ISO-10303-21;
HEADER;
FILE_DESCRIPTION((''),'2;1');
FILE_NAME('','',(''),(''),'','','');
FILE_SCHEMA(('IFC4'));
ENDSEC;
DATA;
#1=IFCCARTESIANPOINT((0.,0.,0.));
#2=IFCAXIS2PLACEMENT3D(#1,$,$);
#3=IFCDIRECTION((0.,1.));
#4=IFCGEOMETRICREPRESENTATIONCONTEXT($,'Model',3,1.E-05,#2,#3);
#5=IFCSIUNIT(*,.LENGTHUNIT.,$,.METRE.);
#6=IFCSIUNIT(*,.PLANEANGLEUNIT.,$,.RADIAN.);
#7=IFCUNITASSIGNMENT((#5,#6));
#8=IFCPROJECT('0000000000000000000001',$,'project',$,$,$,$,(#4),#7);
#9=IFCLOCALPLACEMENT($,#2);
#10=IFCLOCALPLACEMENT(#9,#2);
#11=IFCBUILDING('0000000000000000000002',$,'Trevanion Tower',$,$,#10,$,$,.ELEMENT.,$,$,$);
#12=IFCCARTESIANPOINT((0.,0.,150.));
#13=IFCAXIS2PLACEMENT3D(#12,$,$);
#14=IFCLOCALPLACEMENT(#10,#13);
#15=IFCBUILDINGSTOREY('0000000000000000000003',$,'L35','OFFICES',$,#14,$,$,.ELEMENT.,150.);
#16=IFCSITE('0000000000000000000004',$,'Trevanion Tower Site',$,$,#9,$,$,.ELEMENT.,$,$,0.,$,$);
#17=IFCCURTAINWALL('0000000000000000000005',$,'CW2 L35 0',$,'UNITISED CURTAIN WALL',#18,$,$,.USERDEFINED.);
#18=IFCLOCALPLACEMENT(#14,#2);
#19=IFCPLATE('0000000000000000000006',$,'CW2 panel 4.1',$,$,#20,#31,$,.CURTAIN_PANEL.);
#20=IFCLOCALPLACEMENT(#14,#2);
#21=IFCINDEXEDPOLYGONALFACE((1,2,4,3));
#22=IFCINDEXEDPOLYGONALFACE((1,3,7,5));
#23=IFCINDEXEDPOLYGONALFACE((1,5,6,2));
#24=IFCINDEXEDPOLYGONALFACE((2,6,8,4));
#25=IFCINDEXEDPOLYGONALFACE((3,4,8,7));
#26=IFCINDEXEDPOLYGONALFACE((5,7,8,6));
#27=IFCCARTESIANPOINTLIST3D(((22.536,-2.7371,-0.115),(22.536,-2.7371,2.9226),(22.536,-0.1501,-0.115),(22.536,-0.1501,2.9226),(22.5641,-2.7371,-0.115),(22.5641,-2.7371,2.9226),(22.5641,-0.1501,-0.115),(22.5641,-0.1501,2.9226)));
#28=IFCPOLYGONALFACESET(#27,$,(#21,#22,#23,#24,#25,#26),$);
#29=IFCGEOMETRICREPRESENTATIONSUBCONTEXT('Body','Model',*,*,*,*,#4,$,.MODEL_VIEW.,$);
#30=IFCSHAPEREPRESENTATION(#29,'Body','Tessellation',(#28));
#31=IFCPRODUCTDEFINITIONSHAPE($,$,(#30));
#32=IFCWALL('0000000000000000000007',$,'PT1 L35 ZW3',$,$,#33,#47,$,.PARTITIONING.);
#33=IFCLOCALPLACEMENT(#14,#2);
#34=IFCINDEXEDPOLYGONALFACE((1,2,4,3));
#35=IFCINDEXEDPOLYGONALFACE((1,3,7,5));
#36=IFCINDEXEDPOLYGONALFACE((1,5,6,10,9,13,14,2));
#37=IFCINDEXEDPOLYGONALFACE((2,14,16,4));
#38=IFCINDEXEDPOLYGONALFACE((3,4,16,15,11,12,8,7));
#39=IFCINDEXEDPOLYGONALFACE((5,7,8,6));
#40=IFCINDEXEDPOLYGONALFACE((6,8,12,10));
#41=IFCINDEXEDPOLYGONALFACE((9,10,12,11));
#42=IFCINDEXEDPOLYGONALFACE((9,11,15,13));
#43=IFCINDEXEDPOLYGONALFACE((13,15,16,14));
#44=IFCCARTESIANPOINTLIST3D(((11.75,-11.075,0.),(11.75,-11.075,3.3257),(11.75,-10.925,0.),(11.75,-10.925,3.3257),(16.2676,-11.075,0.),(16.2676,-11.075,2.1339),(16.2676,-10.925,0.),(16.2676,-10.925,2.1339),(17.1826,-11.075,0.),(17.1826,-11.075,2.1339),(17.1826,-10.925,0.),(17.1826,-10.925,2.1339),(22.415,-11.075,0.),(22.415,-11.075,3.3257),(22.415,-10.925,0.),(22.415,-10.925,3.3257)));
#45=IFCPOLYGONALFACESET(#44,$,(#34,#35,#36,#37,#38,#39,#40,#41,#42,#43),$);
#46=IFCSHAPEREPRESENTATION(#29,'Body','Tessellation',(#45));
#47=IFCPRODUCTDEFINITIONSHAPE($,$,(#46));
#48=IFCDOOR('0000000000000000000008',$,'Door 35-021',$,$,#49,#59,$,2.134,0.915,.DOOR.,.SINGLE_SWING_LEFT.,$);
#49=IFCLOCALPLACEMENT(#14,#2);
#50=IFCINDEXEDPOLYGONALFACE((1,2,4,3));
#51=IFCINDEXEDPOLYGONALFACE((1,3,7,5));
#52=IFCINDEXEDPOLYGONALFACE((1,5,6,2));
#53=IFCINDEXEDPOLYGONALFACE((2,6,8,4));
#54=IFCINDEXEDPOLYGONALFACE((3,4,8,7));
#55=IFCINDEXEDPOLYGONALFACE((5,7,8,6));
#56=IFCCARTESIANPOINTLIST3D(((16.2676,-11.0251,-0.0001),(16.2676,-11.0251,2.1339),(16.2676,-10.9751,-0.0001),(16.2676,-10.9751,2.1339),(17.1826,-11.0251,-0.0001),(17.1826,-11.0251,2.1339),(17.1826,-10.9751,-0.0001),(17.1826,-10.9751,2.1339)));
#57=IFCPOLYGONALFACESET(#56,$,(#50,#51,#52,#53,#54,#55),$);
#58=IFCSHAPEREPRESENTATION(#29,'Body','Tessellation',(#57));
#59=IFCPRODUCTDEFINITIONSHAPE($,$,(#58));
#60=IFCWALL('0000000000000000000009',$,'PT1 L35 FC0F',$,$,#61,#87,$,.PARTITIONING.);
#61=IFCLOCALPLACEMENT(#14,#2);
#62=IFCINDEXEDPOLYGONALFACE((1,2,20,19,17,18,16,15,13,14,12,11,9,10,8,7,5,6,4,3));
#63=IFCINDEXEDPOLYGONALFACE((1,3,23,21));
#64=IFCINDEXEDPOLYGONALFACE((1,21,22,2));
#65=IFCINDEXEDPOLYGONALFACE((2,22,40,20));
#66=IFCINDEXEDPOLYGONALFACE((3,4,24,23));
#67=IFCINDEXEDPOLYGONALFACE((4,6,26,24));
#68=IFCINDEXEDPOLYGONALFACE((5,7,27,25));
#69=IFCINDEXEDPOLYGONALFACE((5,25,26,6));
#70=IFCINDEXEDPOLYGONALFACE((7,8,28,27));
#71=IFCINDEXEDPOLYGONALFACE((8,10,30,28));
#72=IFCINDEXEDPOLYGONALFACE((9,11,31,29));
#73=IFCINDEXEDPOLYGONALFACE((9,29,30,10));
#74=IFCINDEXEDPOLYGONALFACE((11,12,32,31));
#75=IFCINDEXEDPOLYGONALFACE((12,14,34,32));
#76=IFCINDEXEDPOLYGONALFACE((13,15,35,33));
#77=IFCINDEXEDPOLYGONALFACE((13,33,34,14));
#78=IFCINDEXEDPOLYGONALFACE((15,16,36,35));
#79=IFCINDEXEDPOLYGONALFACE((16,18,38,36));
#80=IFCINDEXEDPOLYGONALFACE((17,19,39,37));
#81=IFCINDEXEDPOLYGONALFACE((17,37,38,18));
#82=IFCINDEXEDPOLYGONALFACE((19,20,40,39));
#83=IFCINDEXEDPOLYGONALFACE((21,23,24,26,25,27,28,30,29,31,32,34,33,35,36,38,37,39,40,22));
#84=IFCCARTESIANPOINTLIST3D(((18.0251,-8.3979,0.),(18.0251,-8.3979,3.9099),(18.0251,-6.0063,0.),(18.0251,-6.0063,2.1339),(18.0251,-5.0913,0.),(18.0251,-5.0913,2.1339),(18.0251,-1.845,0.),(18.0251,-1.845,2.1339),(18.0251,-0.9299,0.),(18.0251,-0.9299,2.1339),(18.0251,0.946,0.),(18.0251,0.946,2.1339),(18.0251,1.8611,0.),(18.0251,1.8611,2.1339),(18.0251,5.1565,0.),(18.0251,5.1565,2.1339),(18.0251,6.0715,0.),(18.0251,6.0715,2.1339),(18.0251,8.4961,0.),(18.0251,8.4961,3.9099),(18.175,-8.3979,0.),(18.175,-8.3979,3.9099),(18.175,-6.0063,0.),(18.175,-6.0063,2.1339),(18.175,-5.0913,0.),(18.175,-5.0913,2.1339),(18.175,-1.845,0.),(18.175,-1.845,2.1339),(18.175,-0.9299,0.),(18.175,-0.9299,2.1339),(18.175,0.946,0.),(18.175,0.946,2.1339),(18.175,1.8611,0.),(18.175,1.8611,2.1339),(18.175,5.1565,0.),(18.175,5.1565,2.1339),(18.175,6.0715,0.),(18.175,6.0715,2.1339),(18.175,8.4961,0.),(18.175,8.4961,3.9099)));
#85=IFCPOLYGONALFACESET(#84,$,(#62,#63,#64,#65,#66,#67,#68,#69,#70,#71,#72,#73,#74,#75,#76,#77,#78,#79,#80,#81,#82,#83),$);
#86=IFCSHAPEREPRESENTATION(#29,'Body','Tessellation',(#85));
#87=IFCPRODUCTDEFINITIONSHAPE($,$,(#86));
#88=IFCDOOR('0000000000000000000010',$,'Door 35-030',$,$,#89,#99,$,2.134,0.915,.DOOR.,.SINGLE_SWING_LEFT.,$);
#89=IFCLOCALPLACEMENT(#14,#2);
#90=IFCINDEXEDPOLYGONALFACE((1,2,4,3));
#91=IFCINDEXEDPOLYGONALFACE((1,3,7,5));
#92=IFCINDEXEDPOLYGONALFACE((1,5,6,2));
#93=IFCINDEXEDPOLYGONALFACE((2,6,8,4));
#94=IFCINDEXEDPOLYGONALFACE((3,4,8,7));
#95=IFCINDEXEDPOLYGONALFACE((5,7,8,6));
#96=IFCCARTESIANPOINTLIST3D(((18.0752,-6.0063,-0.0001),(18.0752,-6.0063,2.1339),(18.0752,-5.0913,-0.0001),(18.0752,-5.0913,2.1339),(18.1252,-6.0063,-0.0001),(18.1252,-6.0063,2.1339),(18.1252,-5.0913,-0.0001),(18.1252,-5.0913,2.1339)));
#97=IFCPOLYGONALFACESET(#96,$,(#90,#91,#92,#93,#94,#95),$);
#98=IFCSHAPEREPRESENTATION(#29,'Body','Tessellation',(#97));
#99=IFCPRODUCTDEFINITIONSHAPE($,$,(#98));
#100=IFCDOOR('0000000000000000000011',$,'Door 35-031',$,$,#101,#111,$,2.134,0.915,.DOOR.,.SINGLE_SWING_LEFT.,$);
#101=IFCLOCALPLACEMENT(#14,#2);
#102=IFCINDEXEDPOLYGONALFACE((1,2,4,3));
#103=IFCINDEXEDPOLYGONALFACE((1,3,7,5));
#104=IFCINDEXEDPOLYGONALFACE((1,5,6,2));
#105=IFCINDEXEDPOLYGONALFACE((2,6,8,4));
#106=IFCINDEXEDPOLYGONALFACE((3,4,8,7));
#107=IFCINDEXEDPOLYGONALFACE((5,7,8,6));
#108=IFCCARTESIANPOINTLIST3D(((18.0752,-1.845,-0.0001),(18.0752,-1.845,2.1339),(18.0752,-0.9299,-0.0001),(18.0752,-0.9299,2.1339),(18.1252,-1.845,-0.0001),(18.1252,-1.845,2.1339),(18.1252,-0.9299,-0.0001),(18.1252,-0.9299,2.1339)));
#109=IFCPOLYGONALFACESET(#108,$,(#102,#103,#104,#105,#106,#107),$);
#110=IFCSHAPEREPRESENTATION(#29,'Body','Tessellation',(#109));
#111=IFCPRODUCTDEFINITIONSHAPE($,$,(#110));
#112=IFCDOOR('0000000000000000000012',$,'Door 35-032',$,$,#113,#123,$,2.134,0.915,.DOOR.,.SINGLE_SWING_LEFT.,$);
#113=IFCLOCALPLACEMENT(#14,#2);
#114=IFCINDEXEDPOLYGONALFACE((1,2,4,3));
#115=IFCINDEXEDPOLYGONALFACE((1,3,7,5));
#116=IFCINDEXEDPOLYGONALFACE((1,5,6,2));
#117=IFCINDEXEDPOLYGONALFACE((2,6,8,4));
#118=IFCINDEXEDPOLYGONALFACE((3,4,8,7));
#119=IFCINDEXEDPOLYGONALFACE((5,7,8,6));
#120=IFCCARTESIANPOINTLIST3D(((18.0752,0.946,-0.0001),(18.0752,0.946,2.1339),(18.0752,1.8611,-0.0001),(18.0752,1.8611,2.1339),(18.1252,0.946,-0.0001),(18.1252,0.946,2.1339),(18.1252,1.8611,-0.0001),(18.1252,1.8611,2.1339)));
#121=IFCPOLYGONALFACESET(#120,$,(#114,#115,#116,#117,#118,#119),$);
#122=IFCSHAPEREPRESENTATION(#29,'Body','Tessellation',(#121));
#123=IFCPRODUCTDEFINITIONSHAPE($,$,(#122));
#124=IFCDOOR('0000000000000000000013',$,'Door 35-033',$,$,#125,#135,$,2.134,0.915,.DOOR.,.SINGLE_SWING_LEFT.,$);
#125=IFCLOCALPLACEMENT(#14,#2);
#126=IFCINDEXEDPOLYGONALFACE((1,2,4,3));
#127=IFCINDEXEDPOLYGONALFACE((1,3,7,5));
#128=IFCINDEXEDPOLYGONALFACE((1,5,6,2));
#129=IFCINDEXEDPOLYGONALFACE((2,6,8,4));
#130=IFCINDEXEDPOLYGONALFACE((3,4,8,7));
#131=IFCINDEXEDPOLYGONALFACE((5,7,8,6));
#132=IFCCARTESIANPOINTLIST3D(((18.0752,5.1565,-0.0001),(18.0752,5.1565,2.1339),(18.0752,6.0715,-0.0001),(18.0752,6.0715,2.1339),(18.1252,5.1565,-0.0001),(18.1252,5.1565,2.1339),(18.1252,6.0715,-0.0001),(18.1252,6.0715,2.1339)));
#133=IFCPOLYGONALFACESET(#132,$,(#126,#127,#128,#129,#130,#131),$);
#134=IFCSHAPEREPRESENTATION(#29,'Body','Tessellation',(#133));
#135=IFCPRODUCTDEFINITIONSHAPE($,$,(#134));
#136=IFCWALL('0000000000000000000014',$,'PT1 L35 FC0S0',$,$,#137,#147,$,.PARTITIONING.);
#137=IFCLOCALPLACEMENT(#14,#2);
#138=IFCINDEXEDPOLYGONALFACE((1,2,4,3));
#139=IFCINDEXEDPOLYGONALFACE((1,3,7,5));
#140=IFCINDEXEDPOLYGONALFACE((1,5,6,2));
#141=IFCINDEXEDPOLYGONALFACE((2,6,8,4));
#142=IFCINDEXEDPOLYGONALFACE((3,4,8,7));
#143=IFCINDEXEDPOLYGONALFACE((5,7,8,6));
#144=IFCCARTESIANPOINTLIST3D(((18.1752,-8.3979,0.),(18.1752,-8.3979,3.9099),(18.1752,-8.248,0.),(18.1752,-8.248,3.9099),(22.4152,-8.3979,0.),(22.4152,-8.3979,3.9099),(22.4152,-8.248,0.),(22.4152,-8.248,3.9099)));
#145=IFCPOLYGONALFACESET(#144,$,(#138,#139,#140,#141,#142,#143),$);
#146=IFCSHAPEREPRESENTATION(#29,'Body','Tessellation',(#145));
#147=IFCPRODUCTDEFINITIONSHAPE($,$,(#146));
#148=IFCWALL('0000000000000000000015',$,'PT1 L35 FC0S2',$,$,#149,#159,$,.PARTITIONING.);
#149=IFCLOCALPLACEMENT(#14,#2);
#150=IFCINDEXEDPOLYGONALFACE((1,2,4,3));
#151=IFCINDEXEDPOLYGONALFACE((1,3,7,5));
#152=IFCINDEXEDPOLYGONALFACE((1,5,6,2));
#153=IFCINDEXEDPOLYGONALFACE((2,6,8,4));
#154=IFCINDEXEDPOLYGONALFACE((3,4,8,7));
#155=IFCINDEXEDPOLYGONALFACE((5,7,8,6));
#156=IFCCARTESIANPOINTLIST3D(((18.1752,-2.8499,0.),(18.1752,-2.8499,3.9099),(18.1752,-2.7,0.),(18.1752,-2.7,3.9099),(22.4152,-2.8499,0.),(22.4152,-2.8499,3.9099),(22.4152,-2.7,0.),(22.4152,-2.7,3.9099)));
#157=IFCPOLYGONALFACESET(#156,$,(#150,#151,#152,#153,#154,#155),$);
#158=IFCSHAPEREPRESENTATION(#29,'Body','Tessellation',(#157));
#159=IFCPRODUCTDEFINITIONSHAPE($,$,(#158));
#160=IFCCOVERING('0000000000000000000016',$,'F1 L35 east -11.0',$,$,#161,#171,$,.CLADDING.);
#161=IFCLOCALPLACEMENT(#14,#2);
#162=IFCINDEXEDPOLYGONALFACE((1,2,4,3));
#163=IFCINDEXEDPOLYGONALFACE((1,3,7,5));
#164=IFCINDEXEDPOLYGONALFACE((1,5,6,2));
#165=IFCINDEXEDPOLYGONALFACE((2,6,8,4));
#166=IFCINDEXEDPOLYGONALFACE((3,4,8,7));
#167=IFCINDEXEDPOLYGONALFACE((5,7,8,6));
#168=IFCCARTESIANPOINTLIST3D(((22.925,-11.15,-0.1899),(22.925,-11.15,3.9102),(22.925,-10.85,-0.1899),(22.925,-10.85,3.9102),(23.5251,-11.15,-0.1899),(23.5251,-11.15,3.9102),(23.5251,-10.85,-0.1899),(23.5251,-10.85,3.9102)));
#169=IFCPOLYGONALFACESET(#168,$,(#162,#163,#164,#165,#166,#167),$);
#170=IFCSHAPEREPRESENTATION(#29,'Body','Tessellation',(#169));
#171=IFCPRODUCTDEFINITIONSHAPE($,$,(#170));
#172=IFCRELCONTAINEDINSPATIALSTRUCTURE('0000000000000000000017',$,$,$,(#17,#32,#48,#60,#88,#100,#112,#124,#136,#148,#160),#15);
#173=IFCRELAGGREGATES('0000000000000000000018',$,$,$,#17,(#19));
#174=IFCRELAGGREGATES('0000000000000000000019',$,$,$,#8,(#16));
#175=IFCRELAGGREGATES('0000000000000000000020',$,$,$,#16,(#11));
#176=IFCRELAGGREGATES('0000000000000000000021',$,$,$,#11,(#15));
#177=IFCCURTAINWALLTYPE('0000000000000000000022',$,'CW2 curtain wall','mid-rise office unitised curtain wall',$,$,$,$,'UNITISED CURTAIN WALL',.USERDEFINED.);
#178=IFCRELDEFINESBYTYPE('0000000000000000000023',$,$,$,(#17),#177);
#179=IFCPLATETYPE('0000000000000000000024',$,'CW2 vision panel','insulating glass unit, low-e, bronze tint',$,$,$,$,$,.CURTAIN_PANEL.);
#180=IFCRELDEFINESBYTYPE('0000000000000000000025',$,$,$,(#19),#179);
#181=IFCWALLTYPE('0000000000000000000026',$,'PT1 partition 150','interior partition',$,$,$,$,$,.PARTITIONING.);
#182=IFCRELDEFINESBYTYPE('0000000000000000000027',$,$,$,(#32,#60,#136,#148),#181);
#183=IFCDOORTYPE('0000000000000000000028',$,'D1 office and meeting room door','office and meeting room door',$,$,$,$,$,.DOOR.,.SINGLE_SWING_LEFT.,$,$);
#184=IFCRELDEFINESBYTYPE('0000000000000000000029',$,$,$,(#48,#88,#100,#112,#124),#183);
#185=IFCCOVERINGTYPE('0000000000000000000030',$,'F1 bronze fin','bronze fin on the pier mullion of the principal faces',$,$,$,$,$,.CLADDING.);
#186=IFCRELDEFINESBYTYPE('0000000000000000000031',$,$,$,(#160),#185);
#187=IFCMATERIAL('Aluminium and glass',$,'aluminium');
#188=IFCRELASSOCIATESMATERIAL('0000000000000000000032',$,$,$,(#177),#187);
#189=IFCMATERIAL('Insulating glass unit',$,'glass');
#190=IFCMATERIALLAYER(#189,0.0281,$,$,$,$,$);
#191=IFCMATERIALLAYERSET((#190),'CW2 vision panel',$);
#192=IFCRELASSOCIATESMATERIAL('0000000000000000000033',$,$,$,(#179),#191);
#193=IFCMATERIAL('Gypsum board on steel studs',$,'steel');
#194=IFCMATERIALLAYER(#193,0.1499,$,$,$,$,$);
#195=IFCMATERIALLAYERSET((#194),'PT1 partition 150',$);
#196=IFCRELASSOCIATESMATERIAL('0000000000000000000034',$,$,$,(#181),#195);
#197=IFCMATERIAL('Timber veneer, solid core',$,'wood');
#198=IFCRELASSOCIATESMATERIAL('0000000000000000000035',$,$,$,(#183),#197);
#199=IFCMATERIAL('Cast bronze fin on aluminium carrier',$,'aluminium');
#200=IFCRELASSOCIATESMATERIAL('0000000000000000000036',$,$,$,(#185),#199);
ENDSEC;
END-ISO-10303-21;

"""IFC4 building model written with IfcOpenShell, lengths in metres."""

from ifc_helpers import new_model, si_unit, direction, frame, frame_2d, origin, origin_2d, place, context, subcontext, project, spatial, rectangle, extrude, material, layer, layer_set, type_object, element, fill, aggregate, save


model = new_model("IFC4")

# Units and contexts
model_context = context("Model", 3, precision=1e-05, world=origin(), true_north=direction((0.0, 1.0)))
body_context = subcontext(model_context, "Body", "Model", "MODEL_VIEW")
ifc_project = project(units=[si_unit("LENGTHUNIT", "METRE"), si_unit("PLANEANGLEUNIT", "RADIAN")], contexts=[model_context])

# Site, building, storey
site_placement = place(None, origin())
site = spatial("IfcSite", under=ifc_project, at=site_placement, Name="Trevanion Tower Site", CompositionType="ELEMENT", RefElevation=0.0)
building_placement = place(site_placement, origin())
building = spatial("IfcBuilding", under=site, at=building_placement, Name="Trevanion Tower", CompositionType="ELEMENT")
storey_placement = place(building_placement, frame((0.0, 0.0, 150.0)))
storey = spatial("IfcBuildingStorey", under=building, at=storey_placement, Name="L35", Description="OFFICES", CompositionType="ELEMENT", Elevation=150.0)

# Curtain wall
ifc_material_1 = material(Name="Aluminium and glass", Category="aluminium")
curtain_wall_type = type_object("IfcCurtainWallType", Name="CW2 curtain wall", Description="mid-rise office unitised curtain wall", ElementType="UNITISED CURTAIN WALL", PredefinedType="USERDEFINED", material=ifc_material_1)
curtain_wall_placement = place(storey_placement, origin())
curtain_wall = element("IfcCurtainWall", 1, at=curtain_wall_placement, inside=storey, type_object=curtain_wall_type, Name="CW2 L35 0", ObjectType="UNITISED CURTAIN WALL", PredefinedType="USERDEFINED")

# Plate
ifc_material_2 = material(Name="Insulating glass unit", Category="glass")
ifc_layer_1 = layer(ifc_material_2, 0.0281)
ifc_layer_set_1 = layer_set([ifc_layer_1], Name="CW2 vision panel")
plate_type_1 = type_object("IfcPlateType", Name="CW2 vision panel", Description="insulating glass unit, low-e, bronze tint", PredefinedType="CURTAIN_PANEL", material=ifc_layer_set_1)
plate_1_placement = place(storey_placement, frame((22.55, -1.4436, -0.115), z_axis=(0.0, 0.0, 1.0), x_axis=(0.0, 1.0, 0.0)))
plate_1 = element("IfcPlate", 2, at=plate_1_placement, type_object=plate_type_1, Name="CW2 panel 4.1", PredefinedType="CURTAIN_PANEL", context=body_context, shape_type="SweptSolid", body=[
    extrude(rectangle(XDim=2.5869, YDim=0.0281, at=origin_2d()), origin(), (0.0, 0.0, 1.0), 3.0376),
])
aggregate(curtain_wall, [plate_1])

# Wall, opening, door
ifc_material_3 = material(Name="Gypsum board on steel studs", Category="steel")
ifc_layer_2 = layer(ifc_material_3, 0.1499)
ifc_layer_set_2 = layer_set([ifc_layer_2], Name="PT1 partition 150")
wall_type = type_object("IfcWallType", Name="PT1 partition 150", Description="interior partition", PredefinedType="PARTITIONING", material=ifc_layer_set_2)
wall_1_placement = place(storey_placement, frame((11.75, -11.0, 0.0), z_axis=(0.0, 0.0, 1.0), x_axis=(1.0, 0.0, 0.0)))
wall_1 = element("IfcWall", 3, at=wall_1_placement, inside=storey, type_object=wall_type, Name="PT1 L35 ZW3", PredefinedType="PARTITIONING", context=body_context, shape_type="SweptSolid", body=[
    extrude(rectangle(XDim=10.665, YDim=0.1499, at=frame_2d((5.3325, 0.0))), origin(), (0.0, 0.0, 1.0), 3.3257),
])
opening_1_placement = place(wall_1_placement, frame((4.5176, 0.0, 0.0)))
opening_1 = element("IfcOpeningElement", 4, at=opening_1_placement, cuts=wall_1, PredefinedType="OPENING", context=body_context, shape_type="SweptSolid", body=[
    extrude(rectangle(XDim=0.915, YDim=2.134, at=frame_2d((0.4575, 1.0669))), frame((0.0, 0.085, 0.0), z_axis=(0.0, -1.0, 0.0), x_axis=(1.0, 0.0, 0.0)), (0.0, 0.0, 1.0), 0.1699),
])
ifc_material_4 = material(Name="Timber veneer, solid core", Category="wood")
door_type = type_object("IfcDoorType", Name="D1 office and meeting room door", Description="office and meeting room door", OperationType="SINGLE_SWING_LEFT", PredefinedType="DOOR", material=ifc_material_4)
door_1_placement = place(opening_1_placement, origin())
door_1 = element("IfcDoor", 5, at=door_1_placement, inside=storey, type_object=door_type, Name="Door 35-021", OperationType="SINGLE_SWING_LEFT", OverallHeight=2.134, OverallWidth=0.915, PredefinedType="DOOR", context=body_context, shape_type="SweptSolid", body=[
    extrude(rectangle(XDim=0.915, YDim=2.134, at=frame_2d((0.4575, 1.0669))), frame((0.0, 0.0249, 0.0), z_axis=(0.0, -1.0, 0.0), x_axis=(1.0, 0.0, 0.0)), (0.0, 0.0, 1.0), 0.05),
])
fill(opening_1, door_1)

# Wall, openings, doors
wall_2_placement = place(storey_placement, frame((18.1001, -8.3979, 0.0), z_axis=(0.0, 0.0, 1.0), x_axis=(0.0, 1.0, 0.0)))
wall_2 = element("IfcWall", 6, at=wall_2_placement, inside=storey, type_object=wall_type, Name="PT1 L35 FC0F", PredefinedType="PARTITIONING", context=body_context, shape_type="SweptSolid", body=[
    extrude(rectangle(XDim=16.894, YDim=0.1499, at=frame_2d((8.447, 0.0))), origin(), (0.0, 0.0, 1.0), 3.9099),
])
opening_2_placement = place(wall_2_placement, frame((2.3916, 0.0, 0.0)))
opening_2 = element("IfcOpeningElement", 7, at=opening_2_placement, cuts=wall_2, PredefinedType="OPENING", context=body_context, shape_type="SweptSolid", body=[
    extrude(rectangle(XDim=0.915, YDim=2.134, at=frame_2d((0.4575, 1.0669))), frame((0.0, 0.085, 0.0), z_axis=(0.0, -1.0, 0.0), x_axis=(1.0, 0.0, 0.0)), (0.0, 0.0, 1.0), 0.1699),
])
opening_3_placement = place(wall_2_placement, frame((6.553, 0.0, 0.0)))
opening_3 = element("IfcOpeningElement", 8, at=opening_3_placement, cuts=wall_2, PredefinedType="OPENING", context=body_context, shape_type="SweptSolid", body=[
    extrude(rectangle(XDim=0.915, YDim=2.134, at=frame_2d((0.4575, 1.0669))), frame((0.0, 0.085, 0.0), z_axis=(0.0, -1.0, 0.0), x_axis=(1.0, 0.0, 0.0)), (0.0, 0.0, 1.0), 0.1699),
])
opening_4_placement = place(wall_2_placement, frame((9.344, 0.0, 0.0)))
opening_4 = element("IfcOpeningElement", 9, at=opening_4_placement, cuts=wall_2, PredefinedType="OPENING", context=body_context, shape_type="SweptSolid", body=[
    extrude(rectangle(XDim=0.915, YDim=2.134, at=frame_2d((0.4575, 1.0669))), frame((0.0, 0.085, 0.0), z_axis=(0.0, -1.0, 0.0), x_axis=(1.0, 0.0, 0.0)), (0.0, 0.0, 1.0), 0.1699),
])
opening_5_placement = place(wall_2_placement, frame((13.5544, 0.0, 0.0)))
opening_5 = element("IfcOpeningElement", 10, at=opening_5_placement, cuts=wall_2, PredefinedType="OPENING", context=body_context, shape_type="SweptSolid", body=[
    extrude(rectangle(XDim=0.915, YDim=2.134, at=frame_2d((0.4575, 1.0669))), frame((0.0, 0.085, 0.0), z_axis=(0.0, -1.0, 0.0), x_axis=(1.0, 0.0, 0.0)), (0.0, 0.0, 1.0), 0.1699),
])
door_2_placement = place(opening_2_placement, origin())
door_2 = element("IfcDoor", 11, at=door_2_placement, inside=storey, type_object=door_type, Name="Door 35-030", OperationType="SINGLE_SWING_LEFT", OverallHeight=2.134, OverallWidth=0.915, PredefinedType="DOOR", context=body_context, shape_type="SweptSolid", body=[
    extrude(rectangle(XDim=0.915, YDim=2.134, at=frame_2d((0.4575, 1.0669))), frame((0.0, 0.0249, 0.0), z_axis=(0.0, -1.0, 0.0), x_axis=(1.0, 0.0, 0.0)), (0.0, 0.0, 1.0), 0.05),
])
fill(opening_2, door_2)
door_3_placement = place(opening_3_placement, origin())
door_3 = element("IfcDoor", 12, at=door_3_placement, inside=storey, type_object=door_type, Name="Door 35-031", OperationType="SINGLE_SWING_LEFT", OverallHeight=2.134, OverallWidth=0.915, PredefinedType="DOOR", context=body_context, shape_type="SweptSolid", body=[
    extrude(rectangle(XDim=0.915, YDim=2.134, at=frame_2d((0.4575, 1.0669))), frame((0.0, 0.0249, 0.0), z_axis=(0.0, -1.0, 0.0), x_axis=(1.0, 0.0, 0.0)), (0.0, 0.0, 1.0), 0.05),
])
fill(opening_3, door_3)
door_4_placement = place(opening_4_placement, origin())
door_4 = element("IfcDoor", 13, at=door_4_placement, inside=storey, type_object=door_type, Name="Door 35-032", OperationType="SINGLE_SWING_LEFT", OverallHeight=2.134, OverallWidth=0.915, PredefinedType="DOOR", context=body_context, shape_type="SweptSolid", body=[
    extrude(rectangle(XDim=0.915, YDim=2.134, at=frame_2d((0.4575, 1.0669))), frame((0.0, 0.0249, 0.0), z_axis=(0.0, -1.0, 0.0), x_axis=(1.0, 0.0, 0.0)), (0.0, 0.0, 1.0), 0.05),
])
fill(opening_4, door_4)
door_5_placement = place(opening_5_placement, origin())
door_5 = element("IfcDoor", 14, at=door_5_placement, inside=storey, type_object=door_type, Name="Door 35-033", OperationType="SINGLE_SWING_LEFT", OverallHeight=2.134, OverallWidth=0.915, PredefinedType="DOOR", context=body_context, shape_type="SweptSolid", body=[
    extrude(rectangle(XDim=0.915, YDim=2.134, at=frame_2d((0.4575, 1.0669))), frame((0.0, 0.0249, 0.0), z_axis=(0.0, -1.0, 0.0), x_axis=(1.0, 0.0, 0.0)), (0.0, 0.0, 1.0), 0.05),
])
fill(opening_5, door_5)

# Walls
for number, where, z_axis, x_axis, name in (
    (15, (18.175, -8.323, 0.0), (0.0, 0.0, 1.0), (1.0, 0.0, 0.0), "PT1 L35 FC0S0"),
    (16, (18.175, -2.7749, 0.0), (0.0, 0.0, 1.0), (1.0, 0.0, 0.0), "PT1 L35 FC0S2"),
):
    element("IfcWall", number, at=place(storey_placement, frame(where, z_axis=z_axis, x_axis=x_axis)), inside=storey, type_object=wall_type, Name=name, PredefinedType="PARTITIONING", context=body_context, shape_type="SweptSolid", body=[
        extrude(rectangle(XDim=4.24, YDim=0.1499, at=frame_2d((2.1201, 0.0))), origin(), (0.0, 0.0, 1.0), 3.9099),
    ])

# Covering
ifc_material_5 = material(Name="Cast bronze fin on aluminium carrier", Category="aluminium")
covering_type = type_object("IfcCoveringType", Name="F1 bronze fin", Description="bronze fin on the pier mullion of the principal faces", PredefinedType="CLADDING", material=ifc_material_5)
covering_placement = place(storey_placement, frame((23.2251, -11.0, -0.1899), z_axis=(0.0, 0.0, 1.0), x_axis=(0.0, 1.0, 0.0)))
element("IfcCovering", 17, at=covering_placement, inside=storey, type_object=covering_type, Name="F1 L35 east -11.0", PredefinedType="CLADDING", context=body_context, shape_type="SweptSolid", body=[
    extrude(rectangle(XDim=0.3, YDim=0.6001, at=origin_2d()), origin(), (0.0, 0.0, 1.0), 4.1001),
])

save(model, "model.ifc")
